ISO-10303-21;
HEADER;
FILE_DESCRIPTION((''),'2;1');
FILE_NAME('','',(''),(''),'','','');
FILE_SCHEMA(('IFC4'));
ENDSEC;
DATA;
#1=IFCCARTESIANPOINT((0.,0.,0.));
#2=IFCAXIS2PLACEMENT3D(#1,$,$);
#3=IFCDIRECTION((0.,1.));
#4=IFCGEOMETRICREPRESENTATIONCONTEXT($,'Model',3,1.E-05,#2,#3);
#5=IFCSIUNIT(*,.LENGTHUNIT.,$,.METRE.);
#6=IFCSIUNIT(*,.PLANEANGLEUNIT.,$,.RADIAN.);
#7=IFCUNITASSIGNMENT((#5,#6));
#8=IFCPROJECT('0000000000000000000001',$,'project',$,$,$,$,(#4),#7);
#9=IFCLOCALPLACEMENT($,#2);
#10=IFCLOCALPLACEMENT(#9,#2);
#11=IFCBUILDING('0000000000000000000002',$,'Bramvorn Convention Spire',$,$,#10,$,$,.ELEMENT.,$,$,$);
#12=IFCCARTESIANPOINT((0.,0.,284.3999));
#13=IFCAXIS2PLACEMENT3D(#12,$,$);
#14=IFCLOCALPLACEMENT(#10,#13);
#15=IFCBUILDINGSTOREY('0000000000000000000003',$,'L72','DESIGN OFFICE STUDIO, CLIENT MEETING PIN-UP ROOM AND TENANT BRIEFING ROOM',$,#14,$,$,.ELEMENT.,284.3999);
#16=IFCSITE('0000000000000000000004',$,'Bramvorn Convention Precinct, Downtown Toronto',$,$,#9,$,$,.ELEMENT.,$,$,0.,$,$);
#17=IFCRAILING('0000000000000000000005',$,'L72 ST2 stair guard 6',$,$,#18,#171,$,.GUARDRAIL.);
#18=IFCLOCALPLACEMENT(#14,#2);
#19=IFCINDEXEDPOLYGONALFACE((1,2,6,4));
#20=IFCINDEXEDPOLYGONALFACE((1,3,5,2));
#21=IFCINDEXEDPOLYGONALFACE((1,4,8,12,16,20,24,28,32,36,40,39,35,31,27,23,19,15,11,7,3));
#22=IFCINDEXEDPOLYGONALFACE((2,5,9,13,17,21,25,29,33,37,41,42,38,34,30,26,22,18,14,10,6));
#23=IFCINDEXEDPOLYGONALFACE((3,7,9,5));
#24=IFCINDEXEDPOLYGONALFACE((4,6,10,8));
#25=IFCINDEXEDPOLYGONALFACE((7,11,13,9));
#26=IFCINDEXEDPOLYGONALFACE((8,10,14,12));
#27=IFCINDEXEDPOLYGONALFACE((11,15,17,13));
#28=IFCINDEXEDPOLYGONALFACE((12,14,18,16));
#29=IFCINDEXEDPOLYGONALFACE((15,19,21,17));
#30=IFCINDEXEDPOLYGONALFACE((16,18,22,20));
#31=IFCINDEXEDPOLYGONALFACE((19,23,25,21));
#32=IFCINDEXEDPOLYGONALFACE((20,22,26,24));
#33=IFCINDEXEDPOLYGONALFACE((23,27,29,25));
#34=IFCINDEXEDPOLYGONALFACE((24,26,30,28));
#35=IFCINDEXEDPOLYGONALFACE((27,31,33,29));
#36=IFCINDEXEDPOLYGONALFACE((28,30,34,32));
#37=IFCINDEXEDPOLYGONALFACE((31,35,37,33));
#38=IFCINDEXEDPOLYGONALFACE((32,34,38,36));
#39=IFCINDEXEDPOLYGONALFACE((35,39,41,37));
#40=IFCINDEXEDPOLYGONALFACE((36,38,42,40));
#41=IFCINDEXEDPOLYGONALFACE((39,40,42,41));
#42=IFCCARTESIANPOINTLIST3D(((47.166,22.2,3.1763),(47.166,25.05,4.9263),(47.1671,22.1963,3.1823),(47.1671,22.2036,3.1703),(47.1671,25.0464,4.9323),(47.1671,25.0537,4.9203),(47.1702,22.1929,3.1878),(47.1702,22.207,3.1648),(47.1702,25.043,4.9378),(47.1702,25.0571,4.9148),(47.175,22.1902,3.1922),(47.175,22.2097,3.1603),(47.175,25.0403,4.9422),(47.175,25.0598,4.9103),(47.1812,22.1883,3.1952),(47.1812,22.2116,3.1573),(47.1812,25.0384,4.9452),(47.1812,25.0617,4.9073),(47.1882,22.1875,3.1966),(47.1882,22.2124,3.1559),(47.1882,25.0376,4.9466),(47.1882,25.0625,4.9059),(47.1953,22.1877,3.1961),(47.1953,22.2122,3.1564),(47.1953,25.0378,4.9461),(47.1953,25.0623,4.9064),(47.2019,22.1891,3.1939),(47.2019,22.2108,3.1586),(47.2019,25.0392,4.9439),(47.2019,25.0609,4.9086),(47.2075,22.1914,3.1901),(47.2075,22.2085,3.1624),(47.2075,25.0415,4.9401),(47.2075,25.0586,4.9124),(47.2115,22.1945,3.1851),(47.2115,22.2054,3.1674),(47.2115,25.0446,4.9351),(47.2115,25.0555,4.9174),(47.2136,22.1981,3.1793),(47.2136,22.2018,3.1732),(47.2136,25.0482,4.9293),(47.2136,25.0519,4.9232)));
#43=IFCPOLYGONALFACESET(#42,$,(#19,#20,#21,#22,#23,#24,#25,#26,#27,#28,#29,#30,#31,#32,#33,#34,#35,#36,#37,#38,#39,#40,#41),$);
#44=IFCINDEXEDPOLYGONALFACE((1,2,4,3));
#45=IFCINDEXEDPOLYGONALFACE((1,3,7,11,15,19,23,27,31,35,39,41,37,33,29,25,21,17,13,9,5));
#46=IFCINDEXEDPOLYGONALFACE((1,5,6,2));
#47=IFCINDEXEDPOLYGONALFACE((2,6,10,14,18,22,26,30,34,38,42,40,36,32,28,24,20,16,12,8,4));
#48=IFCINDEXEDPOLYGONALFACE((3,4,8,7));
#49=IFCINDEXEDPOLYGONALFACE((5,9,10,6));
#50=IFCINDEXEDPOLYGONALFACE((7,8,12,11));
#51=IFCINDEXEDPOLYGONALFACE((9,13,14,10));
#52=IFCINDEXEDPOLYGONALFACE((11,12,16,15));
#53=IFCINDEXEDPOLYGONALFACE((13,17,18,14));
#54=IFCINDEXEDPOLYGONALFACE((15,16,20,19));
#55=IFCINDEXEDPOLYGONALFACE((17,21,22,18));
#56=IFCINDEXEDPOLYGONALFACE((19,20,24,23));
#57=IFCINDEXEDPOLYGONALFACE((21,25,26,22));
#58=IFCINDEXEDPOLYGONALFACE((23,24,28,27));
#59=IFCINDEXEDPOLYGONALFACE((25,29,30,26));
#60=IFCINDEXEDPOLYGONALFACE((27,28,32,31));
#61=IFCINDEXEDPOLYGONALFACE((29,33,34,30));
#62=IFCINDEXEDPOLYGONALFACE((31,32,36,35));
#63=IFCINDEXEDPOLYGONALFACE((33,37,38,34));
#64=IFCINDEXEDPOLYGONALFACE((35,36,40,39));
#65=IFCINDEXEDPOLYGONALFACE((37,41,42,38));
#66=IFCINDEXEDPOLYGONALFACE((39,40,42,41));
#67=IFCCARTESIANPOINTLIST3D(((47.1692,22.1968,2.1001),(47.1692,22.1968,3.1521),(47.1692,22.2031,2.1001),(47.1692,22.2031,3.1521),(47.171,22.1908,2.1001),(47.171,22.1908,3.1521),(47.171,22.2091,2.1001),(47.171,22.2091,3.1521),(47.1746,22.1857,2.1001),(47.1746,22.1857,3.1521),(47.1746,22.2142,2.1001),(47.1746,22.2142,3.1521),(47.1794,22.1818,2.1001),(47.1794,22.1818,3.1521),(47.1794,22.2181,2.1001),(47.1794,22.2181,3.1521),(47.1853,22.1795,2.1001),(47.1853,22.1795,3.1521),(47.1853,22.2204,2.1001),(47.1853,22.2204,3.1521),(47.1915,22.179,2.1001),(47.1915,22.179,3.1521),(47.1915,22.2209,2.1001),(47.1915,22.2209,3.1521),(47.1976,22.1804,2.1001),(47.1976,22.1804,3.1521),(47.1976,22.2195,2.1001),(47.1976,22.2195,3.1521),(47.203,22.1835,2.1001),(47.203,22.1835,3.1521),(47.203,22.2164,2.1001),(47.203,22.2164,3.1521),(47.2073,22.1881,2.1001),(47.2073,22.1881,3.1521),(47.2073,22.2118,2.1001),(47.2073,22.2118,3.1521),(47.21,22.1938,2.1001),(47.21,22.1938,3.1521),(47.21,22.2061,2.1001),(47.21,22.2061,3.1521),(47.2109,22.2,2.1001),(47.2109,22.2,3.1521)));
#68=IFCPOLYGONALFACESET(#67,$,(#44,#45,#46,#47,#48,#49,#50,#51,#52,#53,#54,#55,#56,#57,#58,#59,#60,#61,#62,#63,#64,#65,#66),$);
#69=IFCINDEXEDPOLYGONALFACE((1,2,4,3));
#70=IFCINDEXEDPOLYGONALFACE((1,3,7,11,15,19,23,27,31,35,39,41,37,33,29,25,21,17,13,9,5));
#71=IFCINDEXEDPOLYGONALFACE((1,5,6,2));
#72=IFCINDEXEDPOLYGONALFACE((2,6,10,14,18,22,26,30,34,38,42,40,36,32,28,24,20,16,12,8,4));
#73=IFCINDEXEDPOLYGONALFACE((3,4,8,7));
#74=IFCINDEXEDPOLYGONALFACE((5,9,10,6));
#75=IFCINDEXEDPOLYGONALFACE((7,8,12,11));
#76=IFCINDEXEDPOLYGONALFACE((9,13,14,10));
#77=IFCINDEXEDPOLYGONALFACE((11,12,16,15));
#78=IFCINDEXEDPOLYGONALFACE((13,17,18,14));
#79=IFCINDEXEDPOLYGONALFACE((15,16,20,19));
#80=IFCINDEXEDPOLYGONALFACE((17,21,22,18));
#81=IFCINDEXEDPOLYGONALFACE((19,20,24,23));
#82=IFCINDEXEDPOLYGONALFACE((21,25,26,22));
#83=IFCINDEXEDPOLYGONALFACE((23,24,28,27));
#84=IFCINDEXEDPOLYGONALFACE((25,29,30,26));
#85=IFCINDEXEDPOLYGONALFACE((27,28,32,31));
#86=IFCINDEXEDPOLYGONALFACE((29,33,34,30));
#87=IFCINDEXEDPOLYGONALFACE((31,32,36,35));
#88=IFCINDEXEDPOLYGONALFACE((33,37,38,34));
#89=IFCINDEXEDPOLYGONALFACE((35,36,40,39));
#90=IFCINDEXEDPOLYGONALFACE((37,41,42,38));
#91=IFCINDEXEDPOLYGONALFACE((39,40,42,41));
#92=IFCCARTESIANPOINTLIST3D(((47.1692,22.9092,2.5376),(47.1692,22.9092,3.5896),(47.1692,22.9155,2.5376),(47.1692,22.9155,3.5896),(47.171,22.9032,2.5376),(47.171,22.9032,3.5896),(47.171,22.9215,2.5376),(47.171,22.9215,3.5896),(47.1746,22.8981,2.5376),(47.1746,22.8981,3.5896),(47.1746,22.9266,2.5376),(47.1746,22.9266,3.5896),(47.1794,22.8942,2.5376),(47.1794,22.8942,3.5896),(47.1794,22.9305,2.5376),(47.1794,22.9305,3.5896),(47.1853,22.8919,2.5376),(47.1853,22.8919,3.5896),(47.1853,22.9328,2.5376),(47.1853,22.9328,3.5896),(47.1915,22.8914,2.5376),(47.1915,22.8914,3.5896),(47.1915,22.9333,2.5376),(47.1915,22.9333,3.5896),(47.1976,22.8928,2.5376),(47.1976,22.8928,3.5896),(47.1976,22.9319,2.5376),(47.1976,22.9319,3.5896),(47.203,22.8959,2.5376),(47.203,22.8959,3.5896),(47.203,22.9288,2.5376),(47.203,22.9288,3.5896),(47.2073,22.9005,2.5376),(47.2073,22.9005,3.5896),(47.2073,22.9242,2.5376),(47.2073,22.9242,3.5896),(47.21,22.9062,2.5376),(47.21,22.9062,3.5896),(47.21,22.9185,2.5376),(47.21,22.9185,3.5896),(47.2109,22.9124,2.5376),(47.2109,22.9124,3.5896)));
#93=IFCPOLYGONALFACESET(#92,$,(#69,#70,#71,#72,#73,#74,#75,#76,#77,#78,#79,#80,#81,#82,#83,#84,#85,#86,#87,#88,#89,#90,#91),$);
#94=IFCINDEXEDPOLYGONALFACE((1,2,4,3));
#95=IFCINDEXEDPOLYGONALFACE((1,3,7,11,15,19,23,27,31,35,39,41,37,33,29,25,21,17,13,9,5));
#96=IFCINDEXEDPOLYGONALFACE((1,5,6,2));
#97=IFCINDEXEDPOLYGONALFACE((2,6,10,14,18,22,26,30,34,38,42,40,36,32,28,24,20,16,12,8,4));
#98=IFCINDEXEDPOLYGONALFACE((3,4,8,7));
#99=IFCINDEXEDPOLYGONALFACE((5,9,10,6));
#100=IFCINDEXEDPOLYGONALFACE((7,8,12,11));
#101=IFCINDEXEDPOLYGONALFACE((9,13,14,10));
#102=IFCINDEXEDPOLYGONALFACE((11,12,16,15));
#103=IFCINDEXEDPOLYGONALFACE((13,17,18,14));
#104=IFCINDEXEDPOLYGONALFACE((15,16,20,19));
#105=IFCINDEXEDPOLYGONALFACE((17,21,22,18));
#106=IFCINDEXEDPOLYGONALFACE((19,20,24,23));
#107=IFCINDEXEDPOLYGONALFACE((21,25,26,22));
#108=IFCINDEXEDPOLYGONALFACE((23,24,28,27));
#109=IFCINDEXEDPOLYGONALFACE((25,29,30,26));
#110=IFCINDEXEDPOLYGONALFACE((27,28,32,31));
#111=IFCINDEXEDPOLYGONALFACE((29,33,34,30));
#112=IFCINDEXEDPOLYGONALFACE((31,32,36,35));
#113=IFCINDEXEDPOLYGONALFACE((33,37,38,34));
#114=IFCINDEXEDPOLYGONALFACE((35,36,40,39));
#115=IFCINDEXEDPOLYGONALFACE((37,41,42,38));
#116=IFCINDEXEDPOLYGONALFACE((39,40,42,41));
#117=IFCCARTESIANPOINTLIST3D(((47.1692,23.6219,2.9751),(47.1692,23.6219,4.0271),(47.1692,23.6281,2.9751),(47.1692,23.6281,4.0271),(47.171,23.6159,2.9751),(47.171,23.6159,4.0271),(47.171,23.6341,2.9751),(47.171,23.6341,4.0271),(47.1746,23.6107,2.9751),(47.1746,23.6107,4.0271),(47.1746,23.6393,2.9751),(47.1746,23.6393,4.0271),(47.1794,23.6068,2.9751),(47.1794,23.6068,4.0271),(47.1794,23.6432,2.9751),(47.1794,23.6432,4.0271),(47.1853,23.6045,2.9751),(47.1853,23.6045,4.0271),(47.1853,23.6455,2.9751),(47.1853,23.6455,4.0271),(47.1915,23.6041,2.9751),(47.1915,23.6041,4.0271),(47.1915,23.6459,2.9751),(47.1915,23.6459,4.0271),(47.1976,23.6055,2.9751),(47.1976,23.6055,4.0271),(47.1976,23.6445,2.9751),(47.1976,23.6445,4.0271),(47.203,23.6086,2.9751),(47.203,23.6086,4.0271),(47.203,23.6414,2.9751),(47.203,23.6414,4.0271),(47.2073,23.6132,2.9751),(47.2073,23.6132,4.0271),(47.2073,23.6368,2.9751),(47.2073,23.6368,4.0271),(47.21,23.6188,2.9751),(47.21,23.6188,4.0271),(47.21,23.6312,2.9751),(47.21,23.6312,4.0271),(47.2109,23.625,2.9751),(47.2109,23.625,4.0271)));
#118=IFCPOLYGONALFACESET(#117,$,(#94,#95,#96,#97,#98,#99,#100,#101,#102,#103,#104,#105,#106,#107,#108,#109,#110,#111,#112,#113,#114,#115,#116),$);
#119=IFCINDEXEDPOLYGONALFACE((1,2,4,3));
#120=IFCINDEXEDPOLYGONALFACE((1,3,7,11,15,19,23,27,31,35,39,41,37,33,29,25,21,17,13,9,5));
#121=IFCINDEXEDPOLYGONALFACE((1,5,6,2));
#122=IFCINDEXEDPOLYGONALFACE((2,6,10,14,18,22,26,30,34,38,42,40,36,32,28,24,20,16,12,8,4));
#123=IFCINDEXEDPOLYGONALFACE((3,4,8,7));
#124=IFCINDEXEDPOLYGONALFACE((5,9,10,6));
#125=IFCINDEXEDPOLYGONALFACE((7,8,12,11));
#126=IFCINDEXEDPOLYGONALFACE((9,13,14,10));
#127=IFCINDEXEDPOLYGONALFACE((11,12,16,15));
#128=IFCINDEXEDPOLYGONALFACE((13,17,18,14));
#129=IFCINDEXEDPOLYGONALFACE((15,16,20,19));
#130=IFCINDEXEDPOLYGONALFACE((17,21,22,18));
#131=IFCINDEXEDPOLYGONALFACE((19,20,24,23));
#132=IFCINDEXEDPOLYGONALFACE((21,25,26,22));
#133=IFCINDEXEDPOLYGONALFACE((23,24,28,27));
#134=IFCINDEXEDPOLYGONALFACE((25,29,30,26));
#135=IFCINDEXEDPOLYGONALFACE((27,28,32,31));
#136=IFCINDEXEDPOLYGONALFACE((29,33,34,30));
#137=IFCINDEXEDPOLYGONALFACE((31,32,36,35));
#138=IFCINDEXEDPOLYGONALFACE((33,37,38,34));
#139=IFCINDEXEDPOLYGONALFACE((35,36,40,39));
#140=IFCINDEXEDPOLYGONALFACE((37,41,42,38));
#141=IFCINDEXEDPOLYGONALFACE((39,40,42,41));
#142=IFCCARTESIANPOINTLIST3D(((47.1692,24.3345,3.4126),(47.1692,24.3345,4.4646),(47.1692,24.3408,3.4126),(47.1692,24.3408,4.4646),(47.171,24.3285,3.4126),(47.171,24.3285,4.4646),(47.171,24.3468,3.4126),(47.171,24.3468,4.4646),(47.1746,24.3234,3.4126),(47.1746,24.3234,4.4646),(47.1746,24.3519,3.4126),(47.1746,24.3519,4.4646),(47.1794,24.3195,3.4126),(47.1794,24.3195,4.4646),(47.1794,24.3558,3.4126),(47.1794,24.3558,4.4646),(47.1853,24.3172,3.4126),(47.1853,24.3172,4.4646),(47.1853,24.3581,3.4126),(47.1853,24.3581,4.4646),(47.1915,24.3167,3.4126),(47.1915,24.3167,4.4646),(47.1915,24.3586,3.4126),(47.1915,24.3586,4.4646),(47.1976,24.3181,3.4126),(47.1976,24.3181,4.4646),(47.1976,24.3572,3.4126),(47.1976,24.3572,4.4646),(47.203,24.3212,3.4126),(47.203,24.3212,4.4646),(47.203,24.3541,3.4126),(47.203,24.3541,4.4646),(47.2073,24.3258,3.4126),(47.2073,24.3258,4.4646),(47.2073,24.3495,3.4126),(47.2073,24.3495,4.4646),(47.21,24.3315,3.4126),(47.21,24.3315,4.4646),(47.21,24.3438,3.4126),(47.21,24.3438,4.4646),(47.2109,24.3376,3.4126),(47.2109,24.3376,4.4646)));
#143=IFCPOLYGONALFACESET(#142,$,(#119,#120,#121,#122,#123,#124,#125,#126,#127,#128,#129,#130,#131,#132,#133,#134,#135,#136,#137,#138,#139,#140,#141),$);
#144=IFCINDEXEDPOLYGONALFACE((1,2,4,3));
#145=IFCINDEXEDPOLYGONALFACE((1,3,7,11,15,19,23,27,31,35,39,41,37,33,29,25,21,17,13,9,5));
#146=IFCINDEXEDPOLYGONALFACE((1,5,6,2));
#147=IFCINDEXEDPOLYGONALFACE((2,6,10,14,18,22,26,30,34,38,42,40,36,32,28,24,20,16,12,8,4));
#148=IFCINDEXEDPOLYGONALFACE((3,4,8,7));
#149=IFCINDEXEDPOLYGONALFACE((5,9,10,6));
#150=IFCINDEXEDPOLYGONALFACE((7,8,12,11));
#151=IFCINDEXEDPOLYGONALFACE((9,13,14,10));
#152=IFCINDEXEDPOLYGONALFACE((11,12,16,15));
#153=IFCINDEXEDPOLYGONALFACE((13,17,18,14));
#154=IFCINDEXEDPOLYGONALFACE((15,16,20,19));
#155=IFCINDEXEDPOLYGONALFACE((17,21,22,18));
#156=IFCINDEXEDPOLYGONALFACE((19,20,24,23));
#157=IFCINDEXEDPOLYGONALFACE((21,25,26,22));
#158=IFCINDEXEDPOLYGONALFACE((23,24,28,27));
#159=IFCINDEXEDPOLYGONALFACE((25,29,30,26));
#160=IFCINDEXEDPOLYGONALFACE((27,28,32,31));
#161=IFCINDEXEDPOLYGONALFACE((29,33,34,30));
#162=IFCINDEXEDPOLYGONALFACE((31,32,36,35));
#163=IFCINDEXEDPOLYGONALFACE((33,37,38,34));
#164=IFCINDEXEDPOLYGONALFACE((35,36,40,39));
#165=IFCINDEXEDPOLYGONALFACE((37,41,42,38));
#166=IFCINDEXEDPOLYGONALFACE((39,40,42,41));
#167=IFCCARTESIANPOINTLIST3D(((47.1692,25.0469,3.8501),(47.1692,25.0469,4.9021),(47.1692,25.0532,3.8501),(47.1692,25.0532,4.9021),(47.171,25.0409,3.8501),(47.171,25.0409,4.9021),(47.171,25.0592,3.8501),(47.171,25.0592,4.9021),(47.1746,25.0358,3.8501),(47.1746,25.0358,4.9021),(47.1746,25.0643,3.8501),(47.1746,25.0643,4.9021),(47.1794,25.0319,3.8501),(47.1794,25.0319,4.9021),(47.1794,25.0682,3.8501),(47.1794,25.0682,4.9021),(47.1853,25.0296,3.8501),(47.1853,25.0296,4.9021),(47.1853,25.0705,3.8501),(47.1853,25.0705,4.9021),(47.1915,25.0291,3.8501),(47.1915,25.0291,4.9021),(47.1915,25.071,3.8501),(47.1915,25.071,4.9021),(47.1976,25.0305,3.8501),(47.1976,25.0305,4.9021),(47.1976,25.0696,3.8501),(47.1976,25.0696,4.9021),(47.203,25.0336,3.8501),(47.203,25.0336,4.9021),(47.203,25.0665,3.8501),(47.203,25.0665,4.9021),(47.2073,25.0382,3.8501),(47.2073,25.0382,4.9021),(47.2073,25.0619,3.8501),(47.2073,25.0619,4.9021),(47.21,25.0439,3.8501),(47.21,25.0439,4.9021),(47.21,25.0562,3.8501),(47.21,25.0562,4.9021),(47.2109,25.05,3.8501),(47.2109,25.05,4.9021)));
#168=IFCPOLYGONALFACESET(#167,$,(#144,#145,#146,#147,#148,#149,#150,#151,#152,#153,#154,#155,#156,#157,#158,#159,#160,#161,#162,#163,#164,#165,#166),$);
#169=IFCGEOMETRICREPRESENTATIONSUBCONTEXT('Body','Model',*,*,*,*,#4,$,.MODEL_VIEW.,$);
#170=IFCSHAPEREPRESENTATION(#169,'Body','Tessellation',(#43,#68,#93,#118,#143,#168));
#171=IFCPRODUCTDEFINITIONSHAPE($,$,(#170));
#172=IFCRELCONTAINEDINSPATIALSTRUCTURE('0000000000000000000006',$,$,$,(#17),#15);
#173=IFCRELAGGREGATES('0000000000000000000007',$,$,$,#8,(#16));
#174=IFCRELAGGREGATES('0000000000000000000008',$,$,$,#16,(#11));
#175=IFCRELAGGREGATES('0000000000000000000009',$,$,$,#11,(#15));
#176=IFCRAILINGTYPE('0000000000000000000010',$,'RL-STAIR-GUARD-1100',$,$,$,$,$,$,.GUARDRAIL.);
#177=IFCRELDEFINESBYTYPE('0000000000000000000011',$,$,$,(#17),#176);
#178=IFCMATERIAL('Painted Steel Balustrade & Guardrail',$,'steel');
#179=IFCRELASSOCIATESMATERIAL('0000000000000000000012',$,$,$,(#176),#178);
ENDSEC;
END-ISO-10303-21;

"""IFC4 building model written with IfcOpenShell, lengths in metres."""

from ifc_helpers import new_model, si_unit, direction, frame, origin, origin_2d, place, context, subcontext, project, spatial, circle, extrude, material, type_object, element, save


model = new_model("IFC4")

# Units and contexts
model_context = context("Model", 3, precision=1e-05, world=origin(), true_north=direction((0.0, 1.0)))
body_context = subcontext(model_context, "Body", "Model", "MODEL_VIEW")
ifc_project = project(units=[si_unit("LENGTHUNIT", "METRE"), si_unit("PLANEANGLEUNIT", "RADIAN")], contexts=[model_context])

# Site, building, storey
site_placement = place(None, origin())
site = spatial("IfcSite", under=ifc_project, at=site_placement, Name="Bramvorn Convention Precinct, Downtown Toronto", CompositionType="ELEMENT", RefElevation=0.0)
building_placement = place(site_placement, origin())
building = spatial("IfcBuilding", under=site, at=building_placement, Name="Bramvorn Convention Spire", CompositionType="ELEMENT")
storey_placement = place(building_placement, frame((0.0, 0.0, 284.3999)))
storey = spatial("IfcBuildingStorey", under=building, at=storey_placement, Name="L72", Description="DESIGN OFFICE STUDIO, CLIENT MEETING PIN-UP ROOM AND TENANT BRIEFING ROOM", CompositionType="ELEMENT", Elevation=284.3999)

# Railing
ifc_material_1 = material(Name="Painted Steel Balustrade & Guardrail", Category="steel")
railing_type_1 = type_object("IfcRailingType", Name="RL-STAIR-GUARD-1100", PredefinedType="GUARDRAIL", material=ifc_material_1)
railing_1_placement = place(storey_placement, frame((47.1899, 22.2, 2.1001)))
element("IfcRailing", 1, at=railing_1_placement, inside=storey, type_object=railing_type_1, Name="L72 ST2 stair guard 6", PredefinedType="GUARDRAIL", context=body_context, shape_type="SweptSolid", body=[
    extrude(circle(Radius=0.0239, at=origin_2d()), frame((0.0, 0.0, 1.0762), z_axis=(0.0, 0.852179, 0.52325), x_axis=(-1.0, 0.0, 0.0)), (0.0, 0.0, 1.0), 3.3445),
    extrude(circle(Radius=0.021, at=origin_2d()), origin(), (0.0, 0.0, 1.0), 1.052),
    extrude(circle(Radius=0.021, at=origin_2d()), frame((0.0, 0.7124, 0.4375)), (0.0, 0.0, 1.0), 1.052),
    extrude(circle(Radius=0.021, at=origin_2d()), frame((0.0, 1.425, 0.875)), (0.0, 0.0, 1.0), 1.052),
    extrude(circle(Radius=0.021, at=origin_2d()), frame((0.0, 2.1377, 1.3125)), (0.0, 0.0, 1.0), 1.052),
    extrude(circle(Radius=0.021, at=origin_2d()), frame((0.0, 2.8501, 1.75)), (0.0, 0.0, 1.0), 1.052),
])

save(model, "model.ifc")
